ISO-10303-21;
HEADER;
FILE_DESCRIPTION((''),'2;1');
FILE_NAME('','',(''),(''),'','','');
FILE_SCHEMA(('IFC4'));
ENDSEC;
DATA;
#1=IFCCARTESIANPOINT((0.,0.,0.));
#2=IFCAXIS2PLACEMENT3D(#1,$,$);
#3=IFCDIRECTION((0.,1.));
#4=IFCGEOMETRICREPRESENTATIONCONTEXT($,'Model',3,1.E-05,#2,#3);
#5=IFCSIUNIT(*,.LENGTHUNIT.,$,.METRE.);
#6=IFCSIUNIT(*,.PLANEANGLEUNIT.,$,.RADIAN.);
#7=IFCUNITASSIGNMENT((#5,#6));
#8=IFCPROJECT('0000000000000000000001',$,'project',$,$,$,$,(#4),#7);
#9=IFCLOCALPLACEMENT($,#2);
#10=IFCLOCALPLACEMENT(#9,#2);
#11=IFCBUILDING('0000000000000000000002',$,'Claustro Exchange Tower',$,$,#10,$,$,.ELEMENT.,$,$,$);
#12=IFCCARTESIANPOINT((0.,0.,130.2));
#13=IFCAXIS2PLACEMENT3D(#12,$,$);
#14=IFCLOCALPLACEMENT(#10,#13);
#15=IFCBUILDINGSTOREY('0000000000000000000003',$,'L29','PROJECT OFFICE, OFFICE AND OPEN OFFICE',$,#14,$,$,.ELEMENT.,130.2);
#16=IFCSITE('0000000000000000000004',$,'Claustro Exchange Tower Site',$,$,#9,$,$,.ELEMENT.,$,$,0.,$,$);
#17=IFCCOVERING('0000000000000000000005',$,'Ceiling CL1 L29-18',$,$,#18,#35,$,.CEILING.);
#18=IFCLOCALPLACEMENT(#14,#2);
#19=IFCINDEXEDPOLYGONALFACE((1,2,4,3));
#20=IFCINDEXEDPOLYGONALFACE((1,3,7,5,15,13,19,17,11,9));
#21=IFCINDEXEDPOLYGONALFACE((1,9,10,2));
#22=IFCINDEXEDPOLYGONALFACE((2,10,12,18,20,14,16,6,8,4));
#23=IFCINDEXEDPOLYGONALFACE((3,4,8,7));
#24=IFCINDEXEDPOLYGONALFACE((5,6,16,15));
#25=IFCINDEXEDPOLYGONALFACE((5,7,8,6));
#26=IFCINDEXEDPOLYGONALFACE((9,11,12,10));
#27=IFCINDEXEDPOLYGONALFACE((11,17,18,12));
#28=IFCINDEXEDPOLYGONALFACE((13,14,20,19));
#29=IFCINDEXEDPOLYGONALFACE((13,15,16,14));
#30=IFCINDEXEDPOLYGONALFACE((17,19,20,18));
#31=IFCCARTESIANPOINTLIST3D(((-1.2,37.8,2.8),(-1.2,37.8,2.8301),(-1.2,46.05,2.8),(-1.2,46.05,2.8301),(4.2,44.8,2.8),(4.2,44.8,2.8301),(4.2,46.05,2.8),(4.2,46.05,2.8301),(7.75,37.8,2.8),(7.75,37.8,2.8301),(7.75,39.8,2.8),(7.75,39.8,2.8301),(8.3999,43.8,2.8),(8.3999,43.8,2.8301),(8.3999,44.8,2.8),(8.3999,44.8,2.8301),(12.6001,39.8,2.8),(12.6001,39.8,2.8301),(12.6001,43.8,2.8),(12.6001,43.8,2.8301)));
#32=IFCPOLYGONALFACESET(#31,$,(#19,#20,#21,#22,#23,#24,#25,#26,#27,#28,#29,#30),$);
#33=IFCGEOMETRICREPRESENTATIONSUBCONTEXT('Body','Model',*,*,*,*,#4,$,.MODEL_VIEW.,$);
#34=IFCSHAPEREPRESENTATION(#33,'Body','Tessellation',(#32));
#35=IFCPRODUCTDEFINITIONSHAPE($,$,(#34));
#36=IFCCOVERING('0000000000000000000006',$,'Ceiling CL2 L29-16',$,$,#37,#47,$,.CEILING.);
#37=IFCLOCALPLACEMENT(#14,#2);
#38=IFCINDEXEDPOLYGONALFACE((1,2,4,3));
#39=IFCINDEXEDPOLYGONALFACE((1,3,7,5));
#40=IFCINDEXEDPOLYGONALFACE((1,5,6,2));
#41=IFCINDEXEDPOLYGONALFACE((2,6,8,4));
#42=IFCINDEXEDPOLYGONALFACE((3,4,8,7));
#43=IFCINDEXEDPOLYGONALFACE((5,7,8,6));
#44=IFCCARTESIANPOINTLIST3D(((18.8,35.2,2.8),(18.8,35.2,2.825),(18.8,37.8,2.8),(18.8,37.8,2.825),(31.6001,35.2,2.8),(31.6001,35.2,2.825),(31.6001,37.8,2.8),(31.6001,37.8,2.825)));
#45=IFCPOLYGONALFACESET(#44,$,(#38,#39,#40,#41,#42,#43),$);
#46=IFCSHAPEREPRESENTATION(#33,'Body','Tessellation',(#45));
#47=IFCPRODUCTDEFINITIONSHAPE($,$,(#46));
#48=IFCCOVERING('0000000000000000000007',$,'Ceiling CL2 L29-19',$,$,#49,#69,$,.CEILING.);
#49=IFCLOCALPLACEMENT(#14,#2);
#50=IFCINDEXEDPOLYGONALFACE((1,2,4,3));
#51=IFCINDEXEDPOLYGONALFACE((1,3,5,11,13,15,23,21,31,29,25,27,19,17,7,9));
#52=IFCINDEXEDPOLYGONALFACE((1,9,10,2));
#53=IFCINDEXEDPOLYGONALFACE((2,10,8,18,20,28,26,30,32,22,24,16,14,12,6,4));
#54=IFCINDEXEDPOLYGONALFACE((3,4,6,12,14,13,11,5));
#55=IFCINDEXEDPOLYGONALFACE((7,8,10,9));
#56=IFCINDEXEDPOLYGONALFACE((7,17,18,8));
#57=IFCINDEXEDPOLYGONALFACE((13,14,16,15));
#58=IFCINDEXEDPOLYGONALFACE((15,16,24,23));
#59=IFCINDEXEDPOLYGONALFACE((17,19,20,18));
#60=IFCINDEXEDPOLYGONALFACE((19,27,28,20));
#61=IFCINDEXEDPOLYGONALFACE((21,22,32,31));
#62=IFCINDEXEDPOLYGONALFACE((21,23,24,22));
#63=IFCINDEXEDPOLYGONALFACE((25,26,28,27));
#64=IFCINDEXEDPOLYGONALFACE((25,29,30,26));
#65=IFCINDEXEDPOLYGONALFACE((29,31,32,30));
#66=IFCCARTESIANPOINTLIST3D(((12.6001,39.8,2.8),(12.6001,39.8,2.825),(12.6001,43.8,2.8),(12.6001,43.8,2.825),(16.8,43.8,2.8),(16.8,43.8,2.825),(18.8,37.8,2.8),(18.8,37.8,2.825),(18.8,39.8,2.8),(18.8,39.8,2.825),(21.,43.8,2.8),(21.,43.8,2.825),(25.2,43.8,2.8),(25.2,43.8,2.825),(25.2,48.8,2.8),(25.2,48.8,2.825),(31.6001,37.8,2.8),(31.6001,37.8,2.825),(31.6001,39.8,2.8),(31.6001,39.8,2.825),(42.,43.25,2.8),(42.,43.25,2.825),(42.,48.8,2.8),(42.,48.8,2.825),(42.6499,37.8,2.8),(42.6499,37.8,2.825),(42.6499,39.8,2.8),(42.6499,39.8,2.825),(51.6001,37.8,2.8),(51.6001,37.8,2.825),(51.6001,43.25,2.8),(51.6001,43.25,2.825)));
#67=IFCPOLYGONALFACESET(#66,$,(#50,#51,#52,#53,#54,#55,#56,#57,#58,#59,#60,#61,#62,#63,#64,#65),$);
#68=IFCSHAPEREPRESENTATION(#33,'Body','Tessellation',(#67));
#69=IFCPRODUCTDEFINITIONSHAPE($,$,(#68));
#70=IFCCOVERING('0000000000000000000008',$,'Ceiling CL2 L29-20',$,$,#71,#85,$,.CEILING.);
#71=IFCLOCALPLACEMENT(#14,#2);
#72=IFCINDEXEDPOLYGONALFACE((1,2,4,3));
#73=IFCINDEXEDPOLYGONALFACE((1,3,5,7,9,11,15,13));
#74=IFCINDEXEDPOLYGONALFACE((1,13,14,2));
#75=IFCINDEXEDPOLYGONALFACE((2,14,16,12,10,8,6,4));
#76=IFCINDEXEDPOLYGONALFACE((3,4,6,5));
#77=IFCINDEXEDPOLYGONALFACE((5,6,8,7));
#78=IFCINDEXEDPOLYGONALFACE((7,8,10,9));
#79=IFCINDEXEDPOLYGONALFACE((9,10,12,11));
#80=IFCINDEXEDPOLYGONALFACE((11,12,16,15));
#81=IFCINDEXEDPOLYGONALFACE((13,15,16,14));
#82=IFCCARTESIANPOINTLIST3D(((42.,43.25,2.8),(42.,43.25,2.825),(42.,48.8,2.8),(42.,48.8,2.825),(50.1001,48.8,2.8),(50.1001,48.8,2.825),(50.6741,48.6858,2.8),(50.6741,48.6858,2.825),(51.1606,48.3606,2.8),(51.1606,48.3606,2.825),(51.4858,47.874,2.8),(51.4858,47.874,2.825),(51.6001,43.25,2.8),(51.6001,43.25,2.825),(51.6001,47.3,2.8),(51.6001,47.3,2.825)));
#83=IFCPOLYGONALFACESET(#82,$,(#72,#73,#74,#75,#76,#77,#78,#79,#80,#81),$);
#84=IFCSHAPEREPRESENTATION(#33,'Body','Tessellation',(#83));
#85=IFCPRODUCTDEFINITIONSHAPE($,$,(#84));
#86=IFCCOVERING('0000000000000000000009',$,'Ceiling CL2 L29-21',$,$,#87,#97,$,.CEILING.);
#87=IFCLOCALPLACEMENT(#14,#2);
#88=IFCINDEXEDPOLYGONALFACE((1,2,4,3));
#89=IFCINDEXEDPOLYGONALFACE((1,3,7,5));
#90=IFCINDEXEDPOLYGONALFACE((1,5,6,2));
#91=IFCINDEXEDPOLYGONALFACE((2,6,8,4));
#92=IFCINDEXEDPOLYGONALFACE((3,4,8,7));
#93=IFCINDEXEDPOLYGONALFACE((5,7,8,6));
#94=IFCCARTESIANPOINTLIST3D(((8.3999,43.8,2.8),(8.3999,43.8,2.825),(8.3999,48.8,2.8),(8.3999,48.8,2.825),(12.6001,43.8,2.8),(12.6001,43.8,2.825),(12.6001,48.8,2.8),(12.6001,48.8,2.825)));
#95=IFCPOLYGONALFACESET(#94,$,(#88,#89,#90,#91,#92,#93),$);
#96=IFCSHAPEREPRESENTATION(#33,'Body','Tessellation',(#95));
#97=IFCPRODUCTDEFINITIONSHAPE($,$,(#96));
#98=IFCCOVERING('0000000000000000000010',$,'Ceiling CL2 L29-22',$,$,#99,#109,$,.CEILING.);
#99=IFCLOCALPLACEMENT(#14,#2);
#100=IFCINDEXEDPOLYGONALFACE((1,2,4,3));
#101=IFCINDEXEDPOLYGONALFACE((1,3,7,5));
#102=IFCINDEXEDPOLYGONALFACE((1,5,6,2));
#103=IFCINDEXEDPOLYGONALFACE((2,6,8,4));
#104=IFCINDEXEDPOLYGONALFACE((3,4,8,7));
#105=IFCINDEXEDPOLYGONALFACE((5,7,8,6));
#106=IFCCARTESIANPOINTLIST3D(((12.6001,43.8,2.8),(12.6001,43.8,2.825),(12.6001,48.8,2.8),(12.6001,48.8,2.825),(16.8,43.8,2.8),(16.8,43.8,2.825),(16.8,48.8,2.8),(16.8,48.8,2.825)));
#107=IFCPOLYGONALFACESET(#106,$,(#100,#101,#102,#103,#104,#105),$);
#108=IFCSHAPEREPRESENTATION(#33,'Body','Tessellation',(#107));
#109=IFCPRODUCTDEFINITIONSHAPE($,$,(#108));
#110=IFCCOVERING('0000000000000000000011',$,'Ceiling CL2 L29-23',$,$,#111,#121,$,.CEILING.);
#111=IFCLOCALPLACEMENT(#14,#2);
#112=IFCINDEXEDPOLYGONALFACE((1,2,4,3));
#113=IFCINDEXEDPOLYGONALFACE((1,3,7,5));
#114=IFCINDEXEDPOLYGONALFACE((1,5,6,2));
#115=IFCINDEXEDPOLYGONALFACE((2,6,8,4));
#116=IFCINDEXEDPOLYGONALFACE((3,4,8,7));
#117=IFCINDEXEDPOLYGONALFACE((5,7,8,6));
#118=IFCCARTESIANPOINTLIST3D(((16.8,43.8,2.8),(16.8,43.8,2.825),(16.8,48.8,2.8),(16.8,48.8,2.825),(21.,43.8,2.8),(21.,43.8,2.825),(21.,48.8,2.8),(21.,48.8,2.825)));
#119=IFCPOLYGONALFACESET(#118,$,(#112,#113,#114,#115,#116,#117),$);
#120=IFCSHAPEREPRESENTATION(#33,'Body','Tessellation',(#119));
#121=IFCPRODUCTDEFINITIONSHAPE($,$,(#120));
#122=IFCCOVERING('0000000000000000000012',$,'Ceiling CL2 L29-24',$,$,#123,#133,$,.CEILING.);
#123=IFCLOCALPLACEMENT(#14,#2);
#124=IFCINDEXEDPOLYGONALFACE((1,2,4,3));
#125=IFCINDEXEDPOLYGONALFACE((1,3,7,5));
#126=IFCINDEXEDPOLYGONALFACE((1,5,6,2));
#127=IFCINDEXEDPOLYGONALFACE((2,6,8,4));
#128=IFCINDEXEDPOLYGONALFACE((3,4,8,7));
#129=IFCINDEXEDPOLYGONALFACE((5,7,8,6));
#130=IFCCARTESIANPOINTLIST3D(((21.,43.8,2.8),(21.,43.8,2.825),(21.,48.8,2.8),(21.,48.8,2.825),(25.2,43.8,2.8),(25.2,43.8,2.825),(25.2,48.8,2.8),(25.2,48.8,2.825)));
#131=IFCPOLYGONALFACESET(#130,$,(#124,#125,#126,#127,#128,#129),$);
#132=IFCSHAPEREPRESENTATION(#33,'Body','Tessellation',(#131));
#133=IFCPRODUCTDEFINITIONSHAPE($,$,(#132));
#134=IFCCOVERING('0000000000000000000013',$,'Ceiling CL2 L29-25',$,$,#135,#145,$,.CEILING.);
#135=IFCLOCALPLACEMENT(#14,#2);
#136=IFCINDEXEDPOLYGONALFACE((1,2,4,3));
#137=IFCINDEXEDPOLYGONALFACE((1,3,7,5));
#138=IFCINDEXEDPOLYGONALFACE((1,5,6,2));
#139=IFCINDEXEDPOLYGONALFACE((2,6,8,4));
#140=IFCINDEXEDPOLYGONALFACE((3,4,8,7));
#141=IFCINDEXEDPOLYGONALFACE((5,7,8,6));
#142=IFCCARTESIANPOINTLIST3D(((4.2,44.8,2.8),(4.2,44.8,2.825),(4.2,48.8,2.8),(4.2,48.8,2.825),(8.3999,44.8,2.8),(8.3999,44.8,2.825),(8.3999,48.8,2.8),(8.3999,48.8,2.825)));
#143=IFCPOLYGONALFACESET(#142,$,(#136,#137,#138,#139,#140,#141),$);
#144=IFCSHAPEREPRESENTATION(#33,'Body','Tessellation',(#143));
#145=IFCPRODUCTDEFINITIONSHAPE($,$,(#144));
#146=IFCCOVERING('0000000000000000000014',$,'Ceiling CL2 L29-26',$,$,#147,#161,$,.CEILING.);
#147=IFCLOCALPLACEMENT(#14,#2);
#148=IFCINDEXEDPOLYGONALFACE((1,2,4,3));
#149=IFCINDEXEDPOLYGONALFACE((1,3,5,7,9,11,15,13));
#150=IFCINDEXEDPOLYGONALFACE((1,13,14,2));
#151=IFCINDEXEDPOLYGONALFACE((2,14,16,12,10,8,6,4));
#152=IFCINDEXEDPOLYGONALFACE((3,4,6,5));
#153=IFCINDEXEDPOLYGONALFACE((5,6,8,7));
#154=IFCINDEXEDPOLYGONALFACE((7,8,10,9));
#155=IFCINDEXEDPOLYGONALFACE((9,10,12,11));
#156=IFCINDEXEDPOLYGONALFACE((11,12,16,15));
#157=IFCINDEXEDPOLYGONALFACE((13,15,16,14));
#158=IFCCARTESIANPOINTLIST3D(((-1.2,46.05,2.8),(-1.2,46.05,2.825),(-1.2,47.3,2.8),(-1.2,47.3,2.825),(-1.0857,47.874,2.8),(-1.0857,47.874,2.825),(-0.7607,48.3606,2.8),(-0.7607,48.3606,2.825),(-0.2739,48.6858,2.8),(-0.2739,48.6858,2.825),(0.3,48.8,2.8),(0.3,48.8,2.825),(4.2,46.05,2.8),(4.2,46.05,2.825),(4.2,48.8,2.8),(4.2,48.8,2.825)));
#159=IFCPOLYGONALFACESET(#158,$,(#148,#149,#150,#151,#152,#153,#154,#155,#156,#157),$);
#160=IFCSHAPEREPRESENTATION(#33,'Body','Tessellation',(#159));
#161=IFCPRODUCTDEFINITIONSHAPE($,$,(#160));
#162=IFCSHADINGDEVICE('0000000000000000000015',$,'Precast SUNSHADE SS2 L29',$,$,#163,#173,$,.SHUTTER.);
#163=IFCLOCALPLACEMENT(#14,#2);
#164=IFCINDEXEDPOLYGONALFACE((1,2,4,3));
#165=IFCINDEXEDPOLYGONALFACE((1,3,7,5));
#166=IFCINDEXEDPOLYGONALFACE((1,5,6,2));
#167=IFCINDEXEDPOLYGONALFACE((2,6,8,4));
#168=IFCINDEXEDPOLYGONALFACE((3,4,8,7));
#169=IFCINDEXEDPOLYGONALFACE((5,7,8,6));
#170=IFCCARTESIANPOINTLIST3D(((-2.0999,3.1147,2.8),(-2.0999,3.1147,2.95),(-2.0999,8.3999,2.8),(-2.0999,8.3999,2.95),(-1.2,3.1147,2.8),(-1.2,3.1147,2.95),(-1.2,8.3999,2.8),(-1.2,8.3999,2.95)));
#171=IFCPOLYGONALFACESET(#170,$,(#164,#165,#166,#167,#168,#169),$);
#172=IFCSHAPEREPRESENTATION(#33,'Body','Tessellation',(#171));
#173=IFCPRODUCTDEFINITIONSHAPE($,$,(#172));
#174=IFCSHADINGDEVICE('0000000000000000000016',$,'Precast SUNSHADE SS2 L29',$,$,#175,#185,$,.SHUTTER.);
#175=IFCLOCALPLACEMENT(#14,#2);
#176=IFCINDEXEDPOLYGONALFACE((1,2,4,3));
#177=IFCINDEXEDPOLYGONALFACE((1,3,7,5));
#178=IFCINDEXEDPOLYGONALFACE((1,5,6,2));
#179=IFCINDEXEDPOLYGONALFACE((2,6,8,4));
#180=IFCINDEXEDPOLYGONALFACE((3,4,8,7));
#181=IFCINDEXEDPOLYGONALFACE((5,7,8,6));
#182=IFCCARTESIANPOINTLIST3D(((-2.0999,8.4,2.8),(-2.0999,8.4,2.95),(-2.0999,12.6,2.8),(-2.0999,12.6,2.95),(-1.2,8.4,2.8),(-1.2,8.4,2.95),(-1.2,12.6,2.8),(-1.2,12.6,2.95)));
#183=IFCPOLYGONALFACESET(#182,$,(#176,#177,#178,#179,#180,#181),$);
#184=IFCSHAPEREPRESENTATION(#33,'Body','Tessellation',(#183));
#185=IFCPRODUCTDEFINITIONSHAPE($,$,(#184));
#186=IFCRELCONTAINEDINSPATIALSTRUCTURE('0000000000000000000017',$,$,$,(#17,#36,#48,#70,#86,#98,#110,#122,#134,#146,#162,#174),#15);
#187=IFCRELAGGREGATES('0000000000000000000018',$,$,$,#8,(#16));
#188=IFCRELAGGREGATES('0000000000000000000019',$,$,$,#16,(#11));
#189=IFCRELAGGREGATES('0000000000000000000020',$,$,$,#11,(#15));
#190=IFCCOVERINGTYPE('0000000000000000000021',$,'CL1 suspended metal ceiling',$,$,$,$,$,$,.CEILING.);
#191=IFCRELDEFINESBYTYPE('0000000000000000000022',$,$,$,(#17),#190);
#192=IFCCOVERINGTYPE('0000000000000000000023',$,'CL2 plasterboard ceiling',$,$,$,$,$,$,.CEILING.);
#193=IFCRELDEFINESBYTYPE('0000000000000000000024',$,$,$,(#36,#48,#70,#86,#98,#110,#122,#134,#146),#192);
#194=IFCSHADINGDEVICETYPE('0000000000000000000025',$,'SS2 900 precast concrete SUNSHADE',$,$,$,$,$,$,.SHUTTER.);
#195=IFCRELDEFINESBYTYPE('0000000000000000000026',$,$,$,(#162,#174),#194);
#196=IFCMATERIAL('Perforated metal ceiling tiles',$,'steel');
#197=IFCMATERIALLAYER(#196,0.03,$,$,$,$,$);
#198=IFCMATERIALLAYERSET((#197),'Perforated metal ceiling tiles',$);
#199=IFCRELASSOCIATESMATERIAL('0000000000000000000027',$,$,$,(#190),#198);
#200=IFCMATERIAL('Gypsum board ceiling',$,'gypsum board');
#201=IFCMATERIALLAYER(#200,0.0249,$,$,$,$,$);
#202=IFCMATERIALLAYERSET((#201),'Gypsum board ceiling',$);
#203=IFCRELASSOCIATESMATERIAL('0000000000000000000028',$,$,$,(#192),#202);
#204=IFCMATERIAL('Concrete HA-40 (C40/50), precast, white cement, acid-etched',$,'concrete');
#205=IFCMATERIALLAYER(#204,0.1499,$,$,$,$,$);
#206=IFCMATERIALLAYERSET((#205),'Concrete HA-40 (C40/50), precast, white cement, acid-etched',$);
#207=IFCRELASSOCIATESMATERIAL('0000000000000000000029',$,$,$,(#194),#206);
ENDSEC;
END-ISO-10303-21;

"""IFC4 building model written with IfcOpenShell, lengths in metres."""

from ifc_helpers import new_model, si_unit, direction, frame, origin, origin_2d, place, context, subcontext, project, spatial, polyline, rectangle, outline, extrude, material, layer, layer_set, type_object, element, save


model = new_model("IFC4")

# Units and contexts
model_context = context("Model", 3, precision=1e-05, world=origin(), true_north=direction((0.0, 1.0)))
body_context = subcontext(model_context, "Body", "Model", "MODEL_VIEW")
ifc_project = project(units=[si_unit("LENGTHUNIT", "METRE"), si_unit("PLANEANGLEUNIT", "RADIAN")], contexts=[model_context])

# Site, building, storey
site_placement = place(None, origin())
site = spatial("IfcSite", under=ifc_project, at=site_placement, Name="Claustro Exchange Tower Site", CompositionType="ELEMENT", RefElevation=0.0)
building_placement = place(site_placement, origin())
building = spatial("IfcBuilding", under=site, at=building_placement, Name="Claustro Exchange Tower", CompositionType="ELEMENT")
storey_placement = place(building_placement, frame((0.0, 0.0, 130.2)))
storey = spatial("IfcBuildingStorey", under=building, at=storey_placement, Name="L29", Description="PROJECT OFFICE, OFFICE AND OPEN OFFICE", CompositionType="ELEMENT", Elevation=130.2)

# Coverings
ifc_material_1 = material(Name="Perforated metal ceiling tiles", Category="steel")
ifc_layer_1 = layer(ifc_material_1, 0.03)
ifc_layer_set_1 = layer_set([ifc_layer_1], Name="Perforated metal ceiling tiles")
covering_type_1 = type_object("IfcCoveringType", Name="CL1 suspended metal ceiling", PredefinedType="CEILING", material=ifc_layer_set_1)
covering_1_placement = place(storey_placement, frame((0.0, 0.0, 2.8)))
element("IfcCovering", 1, at=covering_1_placement, inside=storey, type_object=covering_type_1, Name="Ceiling CL1 L29-18", PredefinedType="CEILING", context=body_context, shape_type="SweptSolid", body=[
    extrude(outline(polyline([(-1.2, 46.05), (-1.2, 37.8), (7.75, 37.8), (7.75, 39.8), (12.6001, 39.8), (12.6001, 43.8), (8.3999, 43.8), (8.3999, 44.8), (4.2, 44.8), (4.2, 46.05), (-1.2, 46.05)])), origin(), (0.0, 0.0, 1.0), 0.03),
])
ifc_material_2 = material(Name="Gypsum board ceiling", Category="gypsum board")
ifc_layer_2 = layer(ifc_material_2, 0.0249)
ifc_layer_set_2 = layer_set([ifc_layer_2], Name="Gypsum board ceiling")
covering_type_2 = type_object("IfcCoveringType", Name="CL2 plasterboard ceiling", PredefinedType="CEILING", material=ifc_layer_set_2)
covering_2_placement = place(storey_placement, frame((0.0, 0.0, 2.8)))
element("IfcCovering", 2, at=covering_2_placement, inside=storey, type_object=covering_type_2, Name="Ceiling CL2 L29-16", PredefinedType="CEILING", context=body_context, shape_type="SweptSolid", body=[
    extrude(outline(polyline([(18.8, 35.2), (31.6001, 35.2), (31.6001, 37.8), (18.8, 37.8), (18.8, 35.2)])), origin(), (0.0, 0.0, 1.0), 0.0249),
])
covering_3_placement = place(storey_placement, frame((0.0, 0.0, 2.8)))
element("IfcCovering", 3, at=covering_3_placement, inside=storey, type_object=covering_type_2, Name="Ceiling CL2 L29-19", PredefinedType="CEILING", context=body_context, shape_type="SweptSolid", body=[
    extrude(outline(polyline([(42.0, 48.8), (25.2, 48.8), (25.2, 43.8), (21.0, 43.8), (16.8, 43.8), (12.6001, 43.8), (12.6001, 39.8), (18.8, 39.8), (18.8, 37.8), (31.6001, 37.8), (31.6001, 39.8), (42.6499, 39.8), (42.6499, 37.8), (51.6001, 37.8), (51.6001, 43.25), (42.0, 43.25), (42.0, 48.8)])), origin(), (0.0, 0.0, 1.0), 0.0249),
])
covering_4_placement = place(storey_placement, frame((0.0, 0.0, 2.8)))
element("IfcCovering", 4, at=covering_4_placement, inside=storey, type_object=covering_type_2, Name="Ceiling CL2 L29-20", PredefinedType="CEILING", context=body_context, shape_type="SweptSolid", body=[
    extrude(outline(polyline([(50.1001, 48.8), (42.0, 48.8), (42.0, 43.25), (51.6001, 43.25), (51.6001, 47.3), (51.4858, 47.874), (51.1606, 48.3606), (50.6741, 48.6858), (50.1001, 48.8)])), origin(), (0.0, 0.0, 1.0), 0.0249),
])
covering_5_placement = place(storey_placement, frame((0.0, 0.0, 2.8)))
element("IfcCovering", 5, at=covering_5_placement, inside=storey, type_object=covering_type_2, Name="Ceiling CL2 L29-21", PredefinedType="CEILING", context=body_context, shape_type="SweptSolid", body=[
    extrude(outline(polyline([(12.6001, 48.8), (8.3999, 48.8), (8.3999, 43.8), (12.6001, 43.8), (12.6001, 48.8)])), origin(), (0.0, 0.0, 1.0), 0.0249),
])
covering_6_placement = place(storey_placement, frame((0.0, 0.0, 2.8)))
element("IfcCovering", 6, at=covering_6_placement, inside=storey, type_object=covering_type_2, Name="Ceiling CL2 L29-22", PredefinedType="CEILING", context=body_context, shape_type="SweptSolid", body=[
    extrude(outline(polyline([(16.8, 48.8), (12.6001, 48.8), (12.6001, 43.8), (16.8, 43.8), (16.8, 48.8)])), origin(), (0.0, 0.0, 1.0), 0.0249),
])
covering_7_placement = place(storey_placement, frame((0.0, 0.0, 2.8)))
element("IfcCovering", 7, at=covering_7_placement, inside=storey, type_object=covering_type_2, Name="Ceiling CL2 L29-23", PredefinedType="CEILING", context=body_context, shape_type="SweptSolid", body=[
    extrude(outline(polyline([(21.0, 48.8), (16.8, 48.8), (16.8, 43.8), (21.0, 43.8), (21.0, 48.8)])), origin(), (0.0, 0.0, 1.0), 0.0249),
])
covering_8_placement = place(storey_placement, frame((0.0, 0.0, 2.8)))
element("IfcCovering", 8, at=covering_8_placement, inside=storey, type_object=covering_type_2, Name="Ceiling CL2 L29-24", PredefinedType="CEILING", context=body_context, shape_type="SweptSolid", body=[
    extrude(outline(polyline([(25.2, 48.8), (21.0, 48.8), (21.0, 43.8), (25.2, 43.8), (25.2, 48.8)])), origin(), (0.0, 0.0, 1.0), 0.0249),
])
covering_9_placement = place(storey_placement, frame((0.0, 0.0, 2.8)))
element("IfcCovering", 9, at=covering_9_placement, inside=storey, type_object=covering_type_2, Name="Ceiling CL2 L29-25", PredefinedType="CEILING", context=body_context, shape_type="SweptSolid", body=[
    extrude(outline(polyline([(8.3999, 48.8), (4.2, 48.8), (4.2, 44.8), (8.3999, 44.8), (8.3999, 48.8)])), origin(), (0.0, 0.0, 1.0), 0.0249),
])
covering_10_placement = place(storey_placement, frame((0.0, 0.0, 2.8)))
element("IfcCovering", 10, at=covering_10_placement, inside=storey, type_object=covering_type_2, Name="Ceiling CL2 L29-26", PredefinedType="CEILING", context=body_context, shape_type="SweptSolid", body=[
    extrude(outline(polyline([(-1.2, 47.3), (-1.2, 46.05), (4.2, 46.05), (4.2, 48.8), (0.3, 48.8), (-0.2739, 48.6858), (-0.7607, 48.3606), (-1.0857, 47.874), (-1.2, 47.3)])), origin(), (0.0, 0.0, 1.0), 0.0249),
])

# Shading devices
ifc_material_3 = material(Name="Concrete HA-40 (C40/50), precast, white cement, acid-etched", Category="concrete")
ifc_layer_3 = layer(ifc_material_3, 0.1499)
ifc_layer_set_3 = layer_set([ifc_layer_3], Name="Concrete HA-40 (C40/50), precast, white cement, acid-etched")
shading_device_type = type_object("IfcShadingDeviceType", Name="SS2 900 precast concrete SUNSHADE", PredefinedType="SHUTTER", material=ifc_layer_set_3)
shading_device_1_placement = place(storey_placement, frame((-1.6499, 5.7573, 2.8), z_axis=(0.0, 0.0, 1.0), x_axis=(0.0, 1.0, 0.0)))
element("IfcShadingDevice", 11, at=shading_device_1_placement, inside=storey, type_object=shading_device_type, Name="Precast SUNSHADE SS2 L29", PredefinedType="SHUTTER", context=body_context, shape_type="SweptSolid", body=[
    extrude(rectangle(XDim=5.2852, YDim=0.8999, at=origin_2d()), origin(), (0.0, 0.0, 1.0), 0.1499),
])
shading_device_2_placement = place(storey_placement, frame((-1.6499, 10.5, 2.8), z_axis=(0.0, 0.0, 1.0), x_axis=(0.0, 1.0, 0.0)))
element("IfcShadingDevice", 12, at=shading_device_2_placement, inside=storey, type_object=shading_device_type, Name="Precast SUNSHADE SS2 L29", PredefinedType="SHUTTER", context=body_context, shape_type="SweptSolid", body=[
    extrude(rectangle(XDim=4.2, YDim=0.8999, at=origin_2d()), origin(), (0.0, 0.0, 1.0), 0.1499),
])

save(model, "model.ifc")
